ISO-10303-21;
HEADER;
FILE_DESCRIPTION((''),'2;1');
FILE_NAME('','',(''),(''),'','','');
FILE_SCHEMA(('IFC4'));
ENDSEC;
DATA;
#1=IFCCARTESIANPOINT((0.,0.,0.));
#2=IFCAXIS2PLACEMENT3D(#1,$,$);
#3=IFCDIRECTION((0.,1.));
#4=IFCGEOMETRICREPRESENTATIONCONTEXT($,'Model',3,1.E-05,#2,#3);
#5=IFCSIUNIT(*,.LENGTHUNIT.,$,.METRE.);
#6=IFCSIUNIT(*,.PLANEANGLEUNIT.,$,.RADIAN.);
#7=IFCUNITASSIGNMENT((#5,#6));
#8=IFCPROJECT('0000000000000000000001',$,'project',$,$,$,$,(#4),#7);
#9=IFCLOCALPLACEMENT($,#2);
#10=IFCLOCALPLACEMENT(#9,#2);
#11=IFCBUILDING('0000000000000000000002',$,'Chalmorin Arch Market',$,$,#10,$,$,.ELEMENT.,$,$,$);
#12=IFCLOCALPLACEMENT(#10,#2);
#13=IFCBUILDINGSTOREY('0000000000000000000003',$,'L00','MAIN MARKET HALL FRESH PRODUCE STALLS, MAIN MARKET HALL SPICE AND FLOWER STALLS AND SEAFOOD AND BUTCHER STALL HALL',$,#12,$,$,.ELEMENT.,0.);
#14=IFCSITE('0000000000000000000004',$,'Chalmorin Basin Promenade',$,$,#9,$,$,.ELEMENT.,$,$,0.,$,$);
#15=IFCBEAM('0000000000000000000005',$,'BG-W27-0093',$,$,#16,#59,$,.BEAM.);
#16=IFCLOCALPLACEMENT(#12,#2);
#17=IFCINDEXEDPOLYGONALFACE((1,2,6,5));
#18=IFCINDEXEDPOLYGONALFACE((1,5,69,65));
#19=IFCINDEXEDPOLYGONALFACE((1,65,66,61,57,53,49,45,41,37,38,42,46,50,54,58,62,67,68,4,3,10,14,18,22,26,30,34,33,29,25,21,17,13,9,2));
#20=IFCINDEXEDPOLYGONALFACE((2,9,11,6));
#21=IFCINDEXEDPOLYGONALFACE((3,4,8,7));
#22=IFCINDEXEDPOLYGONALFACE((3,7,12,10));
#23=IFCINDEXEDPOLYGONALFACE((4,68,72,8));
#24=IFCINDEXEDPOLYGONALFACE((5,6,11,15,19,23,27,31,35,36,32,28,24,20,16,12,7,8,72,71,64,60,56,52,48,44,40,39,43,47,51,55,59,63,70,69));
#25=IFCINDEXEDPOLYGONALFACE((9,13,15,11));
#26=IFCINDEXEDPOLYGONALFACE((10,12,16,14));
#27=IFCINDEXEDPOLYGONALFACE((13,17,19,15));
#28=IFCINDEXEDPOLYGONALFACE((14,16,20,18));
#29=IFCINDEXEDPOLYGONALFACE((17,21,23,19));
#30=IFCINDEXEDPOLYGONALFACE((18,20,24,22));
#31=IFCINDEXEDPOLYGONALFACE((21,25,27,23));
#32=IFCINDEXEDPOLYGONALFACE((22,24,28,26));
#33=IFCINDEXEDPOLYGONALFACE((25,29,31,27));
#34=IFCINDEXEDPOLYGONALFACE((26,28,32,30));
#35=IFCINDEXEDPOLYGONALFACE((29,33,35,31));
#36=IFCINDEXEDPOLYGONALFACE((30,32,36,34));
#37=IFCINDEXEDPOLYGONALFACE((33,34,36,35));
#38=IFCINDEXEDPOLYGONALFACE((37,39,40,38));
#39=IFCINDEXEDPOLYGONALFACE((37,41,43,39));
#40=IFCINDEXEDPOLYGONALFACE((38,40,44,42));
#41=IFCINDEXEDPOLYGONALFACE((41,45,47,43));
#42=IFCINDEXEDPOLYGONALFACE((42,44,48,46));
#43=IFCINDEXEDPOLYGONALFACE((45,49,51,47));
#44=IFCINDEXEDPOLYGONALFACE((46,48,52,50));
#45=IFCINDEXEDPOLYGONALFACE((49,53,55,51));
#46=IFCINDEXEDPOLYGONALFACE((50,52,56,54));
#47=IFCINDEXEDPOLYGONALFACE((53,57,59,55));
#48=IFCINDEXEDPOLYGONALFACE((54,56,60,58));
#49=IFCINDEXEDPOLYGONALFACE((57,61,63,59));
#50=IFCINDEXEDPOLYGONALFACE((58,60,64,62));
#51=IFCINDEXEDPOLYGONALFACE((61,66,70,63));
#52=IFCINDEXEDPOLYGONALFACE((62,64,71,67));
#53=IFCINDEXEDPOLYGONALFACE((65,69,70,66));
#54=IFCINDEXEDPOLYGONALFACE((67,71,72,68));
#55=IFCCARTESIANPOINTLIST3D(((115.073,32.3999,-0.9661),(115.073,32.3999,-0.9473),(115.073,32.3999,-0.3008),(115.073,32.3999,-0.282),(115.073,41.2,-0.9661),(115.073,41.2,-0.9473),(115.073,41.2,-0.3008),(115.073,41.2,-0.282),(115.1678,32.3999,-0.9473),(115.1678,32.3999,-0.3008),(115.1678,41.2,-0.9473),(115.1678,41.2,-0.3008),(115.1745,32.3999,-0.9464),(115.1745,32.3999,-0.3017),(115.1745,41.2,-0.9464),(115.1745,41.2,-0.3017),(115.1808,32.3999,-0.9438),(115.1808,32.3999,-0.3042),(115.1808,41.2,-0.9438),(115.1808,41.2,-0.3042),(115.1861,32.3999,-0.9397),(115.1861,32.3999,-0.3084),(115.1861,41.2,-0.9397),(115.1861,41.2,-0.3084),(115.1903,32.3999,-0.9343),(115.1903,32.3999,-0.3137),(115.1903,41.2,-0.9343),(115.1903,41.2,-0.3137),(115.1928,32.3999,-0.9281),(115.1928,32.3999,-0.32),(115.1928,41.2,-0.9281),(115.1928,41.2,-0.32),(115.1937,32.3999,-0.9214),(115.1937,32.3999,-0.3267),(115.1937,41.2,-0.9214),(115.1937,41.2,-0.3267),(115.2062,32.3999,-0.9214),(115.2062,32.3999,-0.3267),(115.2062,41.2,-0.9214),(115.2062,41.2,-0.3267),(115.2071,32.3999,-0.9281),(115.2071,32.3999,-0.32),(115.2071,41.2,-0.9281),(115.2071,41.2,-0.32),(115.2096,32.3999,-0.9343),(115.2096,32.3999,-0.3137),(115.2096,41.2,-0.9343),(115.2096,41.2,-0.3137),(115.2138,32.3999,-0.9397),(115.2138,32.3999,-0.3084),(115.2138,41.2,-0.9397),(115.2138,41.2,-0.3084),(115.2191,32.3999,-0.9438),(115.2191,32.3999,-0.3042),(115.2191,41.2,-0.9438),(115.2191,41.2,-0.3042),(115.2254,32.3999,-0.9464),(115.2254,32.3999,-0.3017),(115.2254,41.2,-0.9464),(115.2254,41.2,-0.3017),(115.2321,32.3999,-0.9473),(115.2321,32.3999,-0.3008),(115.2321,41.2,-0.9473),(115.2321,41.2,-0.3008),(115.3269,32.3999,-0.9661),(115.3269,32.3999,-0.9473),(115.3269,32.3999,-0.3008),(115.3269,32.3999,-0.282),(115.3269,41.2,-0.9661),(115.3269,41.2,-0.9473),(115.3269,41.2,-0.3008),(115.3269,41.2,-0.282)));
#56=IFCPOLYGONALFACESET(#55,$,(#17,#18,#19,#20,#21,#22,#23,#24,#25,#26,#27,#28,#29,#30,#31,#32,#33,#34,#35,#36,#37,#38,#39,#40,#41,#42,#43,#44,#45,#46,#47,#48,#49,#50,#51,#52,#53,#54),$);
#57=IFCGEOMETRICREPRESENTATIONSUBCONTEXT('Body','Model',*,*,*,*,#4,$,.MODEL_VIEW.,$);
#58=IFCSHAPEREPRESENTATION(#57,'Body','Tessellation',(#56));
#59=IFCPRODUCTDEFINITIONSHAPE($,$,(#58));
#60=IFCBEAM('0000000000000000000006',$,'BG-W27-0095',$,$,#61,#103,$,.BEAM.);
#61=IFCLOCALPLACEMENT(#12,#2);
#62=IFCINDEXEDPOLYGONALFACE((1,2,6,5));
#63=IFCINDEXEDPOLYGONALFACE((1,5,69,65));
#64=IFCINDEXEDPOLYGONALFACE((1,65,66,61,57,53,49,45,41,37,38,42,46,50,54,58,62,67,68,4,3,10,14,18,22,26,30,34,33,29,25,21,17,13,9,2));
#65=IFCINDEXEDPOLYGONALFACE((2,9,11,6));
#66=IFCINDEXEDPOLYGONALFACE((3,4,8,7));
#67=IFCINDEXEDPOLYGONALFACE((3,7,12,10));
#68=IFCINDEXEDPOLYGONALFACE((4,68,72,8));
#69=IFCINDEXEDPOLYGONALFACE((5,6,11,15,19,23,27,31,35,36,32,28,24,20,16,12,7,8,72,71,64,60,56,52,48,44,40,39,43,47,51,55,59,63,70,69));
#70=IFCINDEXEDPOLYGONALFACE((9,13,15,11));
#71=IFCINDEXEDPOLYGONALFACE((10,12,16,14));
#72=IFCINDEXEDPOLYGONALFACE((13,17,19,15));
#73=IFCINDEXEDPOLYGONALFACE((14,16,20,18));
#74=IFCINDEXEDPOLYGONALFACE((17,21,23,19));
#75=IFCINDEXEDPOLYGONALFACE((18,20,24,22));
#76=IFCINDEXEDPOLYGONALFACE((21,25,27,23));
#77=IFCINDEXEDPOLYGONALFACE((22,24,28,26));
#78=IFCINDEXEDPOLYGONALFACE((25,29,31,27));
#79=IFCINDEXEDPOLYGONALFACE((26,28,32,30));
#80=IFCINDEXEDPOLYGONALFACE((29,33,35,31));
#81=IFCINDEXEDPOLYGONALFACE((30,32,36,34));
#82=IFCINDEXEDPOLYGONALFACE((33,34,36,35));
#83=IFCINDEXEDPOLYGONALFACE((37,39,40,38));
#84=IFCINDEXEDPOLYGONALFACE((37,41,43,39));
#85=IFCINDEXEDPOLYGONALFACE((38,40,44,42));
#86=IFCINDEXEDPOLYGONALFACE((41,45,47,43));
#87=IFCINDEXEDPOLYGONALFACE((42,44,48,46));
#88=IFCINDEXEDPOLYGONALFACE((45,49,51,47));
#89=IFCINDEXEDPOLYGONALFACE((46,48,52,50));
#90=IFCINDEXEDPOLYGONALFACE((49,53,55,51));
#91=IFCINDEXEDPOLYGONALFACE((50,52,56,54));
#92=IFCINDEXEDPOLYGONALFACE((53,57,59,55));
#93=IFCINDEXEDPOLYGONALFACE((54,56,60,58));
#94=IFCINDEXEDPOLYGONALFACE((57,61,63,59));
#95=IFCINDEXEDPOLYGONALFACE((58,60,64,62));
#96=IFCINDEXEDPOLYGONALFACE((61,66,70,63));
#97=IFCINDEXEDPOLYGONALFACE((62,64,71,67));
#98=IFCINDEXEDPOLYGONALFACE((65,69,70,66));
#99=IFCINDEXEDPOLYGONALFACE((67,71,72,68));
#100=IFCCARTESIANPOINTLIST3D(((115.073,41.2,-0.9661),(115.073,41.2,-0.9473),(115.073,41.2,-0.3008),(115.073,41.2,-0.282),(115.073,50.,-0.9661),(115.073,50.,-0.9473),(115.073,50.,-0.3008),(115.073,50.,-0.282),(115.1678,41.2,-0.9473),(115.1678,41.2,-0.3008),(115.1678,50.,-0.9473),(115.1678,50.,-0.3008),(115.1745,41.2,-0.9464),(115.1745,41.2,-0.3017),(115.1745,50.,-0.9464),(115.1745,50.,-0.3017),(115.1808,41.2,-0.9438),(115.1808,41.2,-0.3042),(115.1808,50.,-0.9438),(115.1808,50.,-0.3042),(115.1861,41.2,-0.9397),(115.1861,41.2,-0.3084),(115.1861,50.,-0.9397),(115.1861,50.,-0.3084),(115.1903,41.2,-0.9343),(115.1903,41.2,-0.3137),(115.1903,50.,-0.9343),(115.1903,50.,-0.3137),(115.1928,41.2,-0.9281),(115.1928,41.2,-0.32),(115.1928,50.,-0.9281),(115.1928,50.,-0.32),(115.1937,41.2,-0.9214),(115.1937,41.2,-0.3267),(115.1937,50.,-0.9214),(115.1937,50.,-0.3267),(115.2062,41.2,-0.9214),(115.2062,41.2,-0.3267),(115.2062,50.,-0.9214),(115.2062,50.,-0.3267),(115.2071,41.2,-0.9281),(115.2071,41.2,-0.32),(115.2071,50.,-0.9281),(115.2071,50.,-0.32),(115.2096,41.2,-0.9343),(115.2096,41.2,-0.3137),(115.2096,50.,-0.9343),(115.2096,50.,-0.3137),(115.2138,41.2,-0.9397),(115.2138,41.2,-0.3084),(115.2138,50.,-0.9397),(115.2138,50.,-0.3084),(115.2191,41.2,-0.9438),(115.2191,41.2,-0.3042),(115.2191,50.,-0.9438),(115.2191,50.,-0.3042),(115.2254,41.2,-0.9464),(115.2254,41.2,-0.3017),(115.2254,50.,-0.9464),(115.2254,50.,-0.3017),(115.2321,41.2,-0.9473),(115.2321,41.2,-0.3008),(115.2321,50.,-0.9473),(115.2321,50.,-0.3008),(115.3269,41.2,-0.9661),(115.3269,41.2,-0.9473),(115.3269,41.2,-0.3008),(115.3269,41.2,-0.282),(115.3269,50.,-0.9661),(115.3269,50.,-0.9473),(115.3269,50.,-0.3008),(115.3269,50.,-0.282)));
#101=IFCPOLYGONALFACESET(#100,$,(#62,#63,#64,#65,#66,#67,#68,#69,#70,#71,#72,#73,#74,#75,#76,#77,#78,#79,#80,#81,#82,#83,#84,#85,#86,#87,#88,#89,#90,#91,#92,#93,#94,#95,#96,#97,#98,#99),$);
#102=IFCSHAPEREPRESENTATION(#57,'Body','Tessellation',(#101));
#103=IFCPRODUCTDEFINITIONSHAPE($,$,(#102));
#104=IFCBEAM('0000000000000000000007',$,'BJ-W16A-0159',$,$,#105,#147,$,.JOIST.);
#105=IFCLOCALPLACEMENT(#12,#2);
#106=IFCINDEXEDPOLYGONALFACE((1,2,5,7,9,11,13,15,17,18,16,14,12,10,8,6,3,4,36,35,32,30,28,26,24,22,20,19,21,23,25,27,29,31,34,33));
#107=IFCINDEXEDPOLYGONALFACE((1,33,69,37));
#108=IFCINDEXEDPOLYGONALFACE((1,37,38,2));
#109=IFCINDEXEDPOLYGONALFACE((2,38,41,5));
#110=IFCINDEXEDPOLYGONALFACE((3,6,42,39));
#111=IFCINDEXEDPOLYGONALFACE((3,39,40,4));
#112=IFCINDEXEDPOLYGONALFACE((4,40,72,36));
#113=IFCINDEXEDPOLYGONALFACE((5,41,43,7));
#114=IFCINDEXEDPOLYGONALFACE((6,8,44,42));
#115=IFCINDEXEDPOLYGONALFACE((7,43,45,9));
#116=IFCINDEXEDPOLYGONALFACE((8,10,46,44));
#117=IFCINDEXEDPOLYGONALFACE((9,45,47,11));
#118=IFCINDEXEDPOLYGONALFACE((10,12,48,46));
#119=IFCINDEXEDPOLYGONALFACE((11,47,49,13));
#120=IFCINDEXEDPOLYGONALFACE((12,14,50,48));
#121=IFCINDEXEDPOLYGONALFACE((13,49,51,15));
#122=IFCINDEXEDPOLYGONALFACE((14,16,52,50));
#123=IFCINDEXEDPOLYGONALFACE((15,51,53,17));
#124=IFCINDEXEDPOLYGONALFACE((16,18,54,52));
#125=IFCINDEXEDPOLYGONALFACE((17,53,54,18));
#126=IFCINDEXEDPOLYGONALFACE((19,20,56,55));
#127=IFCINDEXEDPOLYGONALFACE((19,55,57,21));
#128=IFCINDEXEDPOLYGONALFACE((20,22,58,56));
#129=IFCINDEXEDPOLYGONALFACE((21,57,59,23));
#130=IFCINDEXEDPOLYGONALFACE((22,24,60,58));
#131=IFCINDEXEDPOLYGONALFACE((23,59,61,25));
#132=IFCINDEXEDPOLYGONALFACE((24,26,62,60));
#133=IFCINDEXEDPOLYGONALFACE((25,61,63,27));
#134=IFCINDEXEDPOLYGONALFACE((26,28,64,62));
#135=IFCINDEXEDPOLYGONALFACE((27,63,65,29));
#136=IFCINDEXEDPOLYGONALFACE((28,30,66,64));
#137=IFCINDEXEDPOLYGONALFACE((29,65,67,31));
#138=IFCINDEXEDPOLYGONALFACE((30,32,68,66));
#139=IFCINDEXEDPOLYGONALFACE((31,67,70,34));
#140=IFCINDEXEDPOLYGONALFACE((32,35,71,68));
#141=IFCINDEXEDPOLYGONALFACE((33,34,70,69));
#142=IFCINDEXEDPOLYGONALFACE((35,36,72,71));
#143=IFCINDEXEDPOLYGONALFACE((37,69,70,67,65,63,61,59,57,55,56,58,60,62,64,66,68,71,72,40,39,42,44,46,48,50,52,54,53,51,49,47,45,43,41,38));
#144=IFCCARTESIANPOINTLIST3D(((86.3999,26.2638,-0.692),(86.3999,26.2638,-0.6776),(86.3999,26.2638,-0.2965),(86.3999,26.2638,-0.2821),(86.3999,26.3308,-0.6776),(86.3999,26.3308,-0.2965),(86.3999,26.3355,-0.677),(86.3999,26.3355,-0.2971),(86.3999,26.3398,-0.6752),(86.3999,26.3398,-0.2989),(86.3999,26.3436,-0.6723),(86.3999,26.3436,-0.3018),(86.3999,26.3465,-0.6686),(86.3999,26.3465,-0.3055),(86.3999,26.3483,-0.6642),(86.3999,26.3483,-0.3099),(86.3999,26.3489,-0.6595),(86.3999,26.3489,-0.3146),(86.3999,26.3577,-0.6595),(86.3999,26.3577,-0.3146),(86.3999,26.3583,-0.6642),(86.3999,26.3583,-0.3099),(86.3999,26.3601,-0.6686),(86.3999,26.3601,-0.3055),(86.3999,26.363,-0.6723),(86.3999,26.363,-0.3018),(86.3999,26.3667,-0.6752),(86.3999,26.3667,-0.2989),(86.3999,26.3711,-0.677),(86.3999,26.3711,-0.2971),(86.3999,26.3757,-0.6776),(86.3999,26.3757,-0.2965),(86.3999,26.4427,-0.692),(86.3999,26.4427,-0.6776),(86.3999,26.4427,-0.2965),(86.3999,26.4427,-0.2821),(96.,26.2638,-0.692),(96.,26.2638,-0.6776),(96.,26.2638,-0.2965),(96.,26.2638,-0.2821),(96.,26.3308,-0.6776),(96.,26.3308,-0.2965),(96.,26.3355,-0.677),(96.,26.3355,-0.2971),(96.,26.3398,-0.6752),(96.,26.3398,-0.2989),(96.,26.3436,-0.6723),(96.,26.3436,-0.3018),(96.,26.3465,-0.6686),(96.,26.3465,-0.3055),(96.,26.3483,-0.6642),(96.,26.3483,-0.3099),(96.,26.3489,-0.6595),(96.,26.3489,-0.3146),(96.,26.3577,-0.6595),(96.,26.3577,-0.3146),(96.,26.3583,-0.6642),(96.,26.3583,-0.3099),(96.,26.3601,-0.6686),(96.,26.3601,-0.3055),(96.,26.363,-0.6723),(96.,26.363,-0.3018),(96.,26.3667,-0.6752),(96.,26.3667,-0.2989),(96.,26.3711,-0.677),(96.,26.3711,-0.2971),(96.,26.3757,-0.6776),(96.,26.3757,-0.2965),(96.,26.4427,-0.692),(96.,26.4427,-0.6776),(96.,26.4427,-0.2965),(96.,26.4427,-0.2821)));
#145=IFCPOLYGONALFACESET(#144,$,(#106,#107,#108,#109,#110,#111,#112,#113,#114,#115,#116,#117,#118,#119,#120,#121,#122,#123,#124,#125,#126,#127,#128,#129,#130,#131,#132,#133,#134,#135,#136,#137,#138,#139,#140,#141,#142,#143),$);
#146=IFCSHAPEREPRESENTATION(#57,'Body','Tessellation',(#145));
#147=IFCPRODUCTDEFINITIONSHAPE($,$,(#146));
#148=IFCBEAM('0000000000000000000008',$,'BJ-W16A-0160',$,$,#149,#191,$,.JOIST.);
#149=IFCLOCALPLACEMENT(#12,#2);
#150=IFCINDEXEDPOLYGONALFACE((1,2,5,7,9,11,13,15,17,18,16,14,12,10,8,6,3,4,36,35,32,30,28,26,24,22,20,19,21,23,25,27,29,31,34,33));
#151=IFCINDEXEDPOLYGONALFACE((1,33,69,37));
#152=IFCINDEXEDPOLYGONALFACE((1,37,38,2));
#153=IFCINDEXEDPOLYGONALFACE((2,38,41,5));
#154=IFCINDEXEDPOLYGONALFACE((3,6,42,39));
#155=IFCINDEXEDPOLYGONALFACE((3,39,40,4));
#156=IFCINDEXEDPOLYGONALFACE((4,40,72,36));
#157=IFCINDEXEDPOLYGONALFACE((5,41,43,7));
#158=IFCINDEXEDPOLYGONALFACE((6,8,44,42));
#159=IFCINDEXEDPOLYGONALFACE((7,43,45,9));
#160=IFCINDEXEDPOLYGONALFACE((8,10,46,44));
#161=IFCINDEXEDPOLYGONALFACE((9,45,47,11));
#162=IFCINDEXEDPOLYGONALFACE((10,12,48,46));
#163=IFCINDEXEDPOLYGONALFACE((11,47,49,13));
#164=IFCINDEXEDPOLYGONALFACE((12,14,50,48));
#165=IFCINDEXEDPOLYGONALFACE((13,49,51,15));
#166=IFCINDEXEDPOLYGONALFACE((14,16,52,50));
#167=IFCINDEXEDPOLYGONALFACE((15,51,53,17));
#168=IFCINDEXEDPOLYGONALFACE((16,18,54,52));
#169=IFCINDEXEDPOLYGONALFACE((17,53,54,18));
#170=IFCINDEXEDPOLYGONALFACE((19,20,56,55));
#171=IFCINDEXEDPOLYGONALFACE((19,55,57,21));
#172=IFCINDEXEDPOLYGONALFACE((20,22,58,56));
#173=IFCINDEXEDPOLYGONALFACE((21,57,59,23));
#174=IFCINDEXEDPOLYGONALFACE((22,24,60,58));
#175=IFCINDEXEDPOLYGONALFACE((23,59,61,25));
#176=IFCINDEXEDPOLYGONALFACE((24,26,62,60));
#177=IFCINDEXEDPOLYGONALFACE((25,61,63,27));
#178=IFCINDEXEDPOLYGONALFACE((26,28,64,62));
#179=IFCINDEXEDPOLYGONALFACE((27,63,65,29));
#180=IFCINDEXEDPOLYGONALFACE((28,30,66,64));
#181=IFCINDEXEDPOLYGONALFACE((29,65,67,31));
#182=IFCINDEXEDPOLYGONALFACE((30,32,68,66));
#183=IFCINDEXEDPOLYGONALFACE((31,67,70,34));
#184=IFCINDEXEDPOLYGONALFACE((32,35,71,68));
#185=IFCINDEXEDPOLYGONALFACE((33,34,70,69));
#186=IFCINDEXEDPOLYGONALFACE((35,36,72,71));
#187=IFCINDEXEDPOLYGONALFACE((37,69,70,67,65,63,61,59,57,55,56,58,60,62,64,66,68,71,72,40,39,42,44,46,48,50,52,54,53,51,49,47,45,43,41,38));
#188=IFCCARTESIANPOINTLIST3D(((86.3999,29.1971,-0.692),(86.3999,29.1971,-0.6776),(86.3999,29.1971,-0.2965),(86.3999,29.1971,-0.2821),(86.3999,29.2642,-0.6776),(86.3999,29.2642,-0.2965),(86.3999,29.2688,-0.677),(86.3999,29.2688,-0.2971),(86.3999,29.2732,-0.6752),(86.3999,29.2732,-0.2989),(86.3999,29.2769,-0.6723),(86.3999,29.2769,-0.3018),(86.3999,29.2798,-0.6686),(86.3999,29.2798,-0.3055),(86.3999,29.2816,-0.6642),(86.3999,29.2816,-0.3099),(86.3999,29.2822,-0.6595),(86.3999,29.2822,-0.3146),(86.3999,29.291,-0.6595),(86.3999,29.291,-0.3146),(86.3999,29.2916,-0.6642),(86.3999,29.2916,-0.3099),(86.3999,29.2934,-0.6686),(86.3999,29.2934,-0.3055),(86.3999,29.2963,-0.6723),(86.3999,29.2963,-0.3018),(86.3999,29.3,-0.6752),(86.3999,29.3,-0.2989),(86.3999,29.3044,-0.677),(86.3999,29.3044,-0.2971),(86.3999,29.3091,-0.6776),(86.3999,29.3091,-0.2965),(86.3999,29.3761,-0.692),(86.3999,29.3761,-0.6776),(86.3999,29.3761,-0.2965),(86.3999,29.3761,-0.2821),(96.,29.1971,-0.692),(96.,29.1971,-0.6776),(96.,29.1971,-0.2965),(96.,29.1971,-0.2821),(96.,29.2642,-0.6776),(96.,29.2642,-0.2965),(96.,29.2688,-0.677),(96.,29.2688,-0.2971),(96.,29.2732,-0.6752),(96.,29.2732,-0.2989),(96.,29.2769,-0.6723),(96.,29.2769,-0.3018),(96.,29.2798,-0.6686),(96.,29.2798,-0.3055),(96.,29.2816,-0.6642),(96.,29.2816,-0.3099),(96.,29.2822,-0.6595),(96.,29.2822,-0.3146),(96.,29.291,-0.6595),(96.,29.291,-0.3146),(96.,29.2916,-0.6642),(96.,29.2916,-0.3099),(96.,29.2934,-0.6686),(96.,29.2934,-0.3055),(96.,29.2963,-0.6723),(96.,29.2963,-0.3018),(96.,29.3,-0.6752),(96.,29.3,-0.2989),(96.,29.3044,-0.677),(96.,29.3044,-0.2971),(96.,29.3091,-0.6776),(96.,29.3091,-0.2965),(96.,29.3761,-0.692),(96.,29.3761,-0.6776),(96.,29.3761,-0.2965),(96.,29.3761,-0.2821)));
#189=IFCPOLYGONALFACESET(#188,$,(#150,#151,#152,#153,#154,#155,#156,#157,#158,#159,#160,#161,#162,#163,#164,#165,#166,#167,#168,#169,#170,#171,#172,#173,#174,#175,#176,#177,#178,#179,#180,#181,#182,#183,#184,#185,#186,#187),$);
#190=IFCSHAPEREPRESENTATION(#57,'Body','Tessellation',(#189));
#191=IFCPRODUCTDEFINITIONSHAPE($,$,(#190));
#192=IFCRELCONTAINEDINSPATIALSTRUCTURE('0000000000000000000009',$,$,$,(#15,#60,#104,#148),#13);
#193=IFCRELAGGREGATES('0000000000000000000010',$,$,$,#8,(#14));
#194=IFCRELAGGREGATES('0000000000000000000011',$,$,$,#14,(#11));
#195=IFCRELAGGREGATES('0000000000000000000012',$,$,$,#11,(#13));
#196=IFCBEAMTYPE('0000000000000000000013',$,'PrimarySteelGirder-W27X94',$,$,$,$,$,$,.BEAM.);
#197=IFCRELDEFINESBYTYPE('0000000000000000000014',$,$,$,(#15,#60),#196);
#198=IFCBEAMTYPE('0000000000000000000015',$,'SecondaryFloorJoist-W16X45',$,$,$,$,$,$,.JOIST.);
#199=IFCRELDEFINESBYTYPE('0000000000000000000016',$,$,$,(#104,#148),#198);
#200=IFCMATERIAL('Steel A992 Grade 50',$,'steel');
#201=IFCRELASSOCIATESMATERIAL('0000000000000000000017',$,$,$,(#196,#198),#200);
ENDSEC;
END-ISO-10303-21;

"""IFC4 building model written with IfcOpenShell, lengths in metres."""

from ifc_helpers import new_model, si_unit, direction, frame, origin, origin_2d, place, context, subcontext, project, spatial, i_section, extrude, material, material_profile, profile_set, type_object, element, save


model = new_model("IFC4")

# Units and contexts
model_context = context("Model", 3, precision=1e-05, world=origin(), true_north=direction((0.0, 1.0)))
body_context = subcontext(model_context, "Body", "Model", "MODEL_VIEW")
ifc_project = project(units=[si_unit("LENGTHUNIT", "METRE"), si_unit("PLANEANGLEUNIT", "RADIAN")], contexts=[model_context])

# Site, building, storey
site_placement = place(None, origin())
site = spatial("IfcSite", under=ifc_project, at=site_placement, Name="Chalmorin Basin Promenade", CompositionType="ELEMENT", RefElevation=0.0)
building_placement = place(site_placement, origin())
building = spatial("IfcBuilding", under=site, at=building_placement, Name="Chalmorin Arch Market", CompositionType="ELEMENT")
storey_placement = place(building_placement, origin())
storey = spatial("IfcBuildingStorey", under=building, at=storey_placement, Name="L00", Description="MAIN MARKET HALL FRESH PRODUCE STALLS, MAIN MARKET HALL SPICE AND FLOWER STALLS AND SEAFOOD AND BUTCHER STALL HALL", CompositionType="ELEMENT", Elevation=0.0)

# Beams
ifc_material_1 = material(Name="Steel A992 Grade 50", Category="steel")
ifc_material_profile_1 = material_profile(ifc_material_1, i_section(OverallWidth=0.2539, OverallDepth=0.6841, WebThickness=0.0125, FlangeThickness=0.0188, FilletRadius=0.0259, at=origin_2d()), Name="W27X94")
ifc_profile_set_1 = profile_set([ifc_material_profile_1], Name="Steel A992 Grade 50")
beam_type_1 = type_object("IfcBeamType", Name="PrimarySteelGirder-W27X94", PredefinedType="BEAM", material=ifc_profile_set_1)
for number, where, z_axis, x_axis, name in (
    (1, (115.2, 32.3999, -0.624), (0.0, 1.0, 0.0), (-1.0, 0.0, 0.0), "BG-W27-0093"),
    (2, (115.2, 41.2, -0.624), (0.0, 1.0, 0.0), (-1.0, 0.0, 0.0), "BG-W27-0095"),
):
    element("IfcBeam", number, at=place(storey_placement, frame(where, z_axis=z_axis, x_axis=x_axis)), inside=storey, type_object=beam_type_1, Name=name, PredefinedType="BEAM", context=body_context, shape_type="SweptSolid", body=[
        extrude(i_section(OverallWidth=0.2539, OverallDepth=0.6841, WebThickness=0.0125, FlangeThickness=0.0188, FilletRadius=0.0259, at=origin_2d()), origin(), (0.0, 0.0, 1.0), 8.8),
    ])
ifc_material_profile_2 = material_profile(ifc_material_1, i_section(OverallWidth=0.179, OverallDepth=0.4099, WebThickness=0.0088, FlangeThickness=0.0144, FilletRadius=0.0181, at=origin_2d()), Name="W16X45")
ifc_profile_set_2 = profile_set([ifc_material_profile_2], Name="Steel A992 Grade 50")
beam_type_2 = type_object("IfcBeamType", Name="SecondaryFloorJoist-W16X45", PredefinedType="JOIST", material=ifc_profile_set_2)
for number, where, z_axis, x_axis, name in (
    (3, (86.3999, 26.3533, -0.4871), (1.0, 0.0, 0.0), (0.0, 1.0, 0.0), "BJ-W16A-0159"),
    (4, (86.3999, 29.2866, -0.4871), (1.0, 0.0, 0.0), (0.0, 1.0, 0.0), "BJ-W16A-0160"),
):
    element("IfcBeam", number, at=place(storey_placement, frame(where, z_axis=z_axis, x_axis=x_axis)), inside=storey, type_object=beam_type_2, Name=name, PredefinedType="JOIST", context=body_context, shape_type="SweptSolid", body=[
        extrude(i_section(OverallWidth=0.179, OverallDepth=0.4099, WebThickness=0.0088, FlangeThickness=0.0144, FilletRadius=0.0181, at=origin_2d()), origin(), (0.0, 0.0, 1.0), 9.6001),
    ])

save(model, "model.ifc")
